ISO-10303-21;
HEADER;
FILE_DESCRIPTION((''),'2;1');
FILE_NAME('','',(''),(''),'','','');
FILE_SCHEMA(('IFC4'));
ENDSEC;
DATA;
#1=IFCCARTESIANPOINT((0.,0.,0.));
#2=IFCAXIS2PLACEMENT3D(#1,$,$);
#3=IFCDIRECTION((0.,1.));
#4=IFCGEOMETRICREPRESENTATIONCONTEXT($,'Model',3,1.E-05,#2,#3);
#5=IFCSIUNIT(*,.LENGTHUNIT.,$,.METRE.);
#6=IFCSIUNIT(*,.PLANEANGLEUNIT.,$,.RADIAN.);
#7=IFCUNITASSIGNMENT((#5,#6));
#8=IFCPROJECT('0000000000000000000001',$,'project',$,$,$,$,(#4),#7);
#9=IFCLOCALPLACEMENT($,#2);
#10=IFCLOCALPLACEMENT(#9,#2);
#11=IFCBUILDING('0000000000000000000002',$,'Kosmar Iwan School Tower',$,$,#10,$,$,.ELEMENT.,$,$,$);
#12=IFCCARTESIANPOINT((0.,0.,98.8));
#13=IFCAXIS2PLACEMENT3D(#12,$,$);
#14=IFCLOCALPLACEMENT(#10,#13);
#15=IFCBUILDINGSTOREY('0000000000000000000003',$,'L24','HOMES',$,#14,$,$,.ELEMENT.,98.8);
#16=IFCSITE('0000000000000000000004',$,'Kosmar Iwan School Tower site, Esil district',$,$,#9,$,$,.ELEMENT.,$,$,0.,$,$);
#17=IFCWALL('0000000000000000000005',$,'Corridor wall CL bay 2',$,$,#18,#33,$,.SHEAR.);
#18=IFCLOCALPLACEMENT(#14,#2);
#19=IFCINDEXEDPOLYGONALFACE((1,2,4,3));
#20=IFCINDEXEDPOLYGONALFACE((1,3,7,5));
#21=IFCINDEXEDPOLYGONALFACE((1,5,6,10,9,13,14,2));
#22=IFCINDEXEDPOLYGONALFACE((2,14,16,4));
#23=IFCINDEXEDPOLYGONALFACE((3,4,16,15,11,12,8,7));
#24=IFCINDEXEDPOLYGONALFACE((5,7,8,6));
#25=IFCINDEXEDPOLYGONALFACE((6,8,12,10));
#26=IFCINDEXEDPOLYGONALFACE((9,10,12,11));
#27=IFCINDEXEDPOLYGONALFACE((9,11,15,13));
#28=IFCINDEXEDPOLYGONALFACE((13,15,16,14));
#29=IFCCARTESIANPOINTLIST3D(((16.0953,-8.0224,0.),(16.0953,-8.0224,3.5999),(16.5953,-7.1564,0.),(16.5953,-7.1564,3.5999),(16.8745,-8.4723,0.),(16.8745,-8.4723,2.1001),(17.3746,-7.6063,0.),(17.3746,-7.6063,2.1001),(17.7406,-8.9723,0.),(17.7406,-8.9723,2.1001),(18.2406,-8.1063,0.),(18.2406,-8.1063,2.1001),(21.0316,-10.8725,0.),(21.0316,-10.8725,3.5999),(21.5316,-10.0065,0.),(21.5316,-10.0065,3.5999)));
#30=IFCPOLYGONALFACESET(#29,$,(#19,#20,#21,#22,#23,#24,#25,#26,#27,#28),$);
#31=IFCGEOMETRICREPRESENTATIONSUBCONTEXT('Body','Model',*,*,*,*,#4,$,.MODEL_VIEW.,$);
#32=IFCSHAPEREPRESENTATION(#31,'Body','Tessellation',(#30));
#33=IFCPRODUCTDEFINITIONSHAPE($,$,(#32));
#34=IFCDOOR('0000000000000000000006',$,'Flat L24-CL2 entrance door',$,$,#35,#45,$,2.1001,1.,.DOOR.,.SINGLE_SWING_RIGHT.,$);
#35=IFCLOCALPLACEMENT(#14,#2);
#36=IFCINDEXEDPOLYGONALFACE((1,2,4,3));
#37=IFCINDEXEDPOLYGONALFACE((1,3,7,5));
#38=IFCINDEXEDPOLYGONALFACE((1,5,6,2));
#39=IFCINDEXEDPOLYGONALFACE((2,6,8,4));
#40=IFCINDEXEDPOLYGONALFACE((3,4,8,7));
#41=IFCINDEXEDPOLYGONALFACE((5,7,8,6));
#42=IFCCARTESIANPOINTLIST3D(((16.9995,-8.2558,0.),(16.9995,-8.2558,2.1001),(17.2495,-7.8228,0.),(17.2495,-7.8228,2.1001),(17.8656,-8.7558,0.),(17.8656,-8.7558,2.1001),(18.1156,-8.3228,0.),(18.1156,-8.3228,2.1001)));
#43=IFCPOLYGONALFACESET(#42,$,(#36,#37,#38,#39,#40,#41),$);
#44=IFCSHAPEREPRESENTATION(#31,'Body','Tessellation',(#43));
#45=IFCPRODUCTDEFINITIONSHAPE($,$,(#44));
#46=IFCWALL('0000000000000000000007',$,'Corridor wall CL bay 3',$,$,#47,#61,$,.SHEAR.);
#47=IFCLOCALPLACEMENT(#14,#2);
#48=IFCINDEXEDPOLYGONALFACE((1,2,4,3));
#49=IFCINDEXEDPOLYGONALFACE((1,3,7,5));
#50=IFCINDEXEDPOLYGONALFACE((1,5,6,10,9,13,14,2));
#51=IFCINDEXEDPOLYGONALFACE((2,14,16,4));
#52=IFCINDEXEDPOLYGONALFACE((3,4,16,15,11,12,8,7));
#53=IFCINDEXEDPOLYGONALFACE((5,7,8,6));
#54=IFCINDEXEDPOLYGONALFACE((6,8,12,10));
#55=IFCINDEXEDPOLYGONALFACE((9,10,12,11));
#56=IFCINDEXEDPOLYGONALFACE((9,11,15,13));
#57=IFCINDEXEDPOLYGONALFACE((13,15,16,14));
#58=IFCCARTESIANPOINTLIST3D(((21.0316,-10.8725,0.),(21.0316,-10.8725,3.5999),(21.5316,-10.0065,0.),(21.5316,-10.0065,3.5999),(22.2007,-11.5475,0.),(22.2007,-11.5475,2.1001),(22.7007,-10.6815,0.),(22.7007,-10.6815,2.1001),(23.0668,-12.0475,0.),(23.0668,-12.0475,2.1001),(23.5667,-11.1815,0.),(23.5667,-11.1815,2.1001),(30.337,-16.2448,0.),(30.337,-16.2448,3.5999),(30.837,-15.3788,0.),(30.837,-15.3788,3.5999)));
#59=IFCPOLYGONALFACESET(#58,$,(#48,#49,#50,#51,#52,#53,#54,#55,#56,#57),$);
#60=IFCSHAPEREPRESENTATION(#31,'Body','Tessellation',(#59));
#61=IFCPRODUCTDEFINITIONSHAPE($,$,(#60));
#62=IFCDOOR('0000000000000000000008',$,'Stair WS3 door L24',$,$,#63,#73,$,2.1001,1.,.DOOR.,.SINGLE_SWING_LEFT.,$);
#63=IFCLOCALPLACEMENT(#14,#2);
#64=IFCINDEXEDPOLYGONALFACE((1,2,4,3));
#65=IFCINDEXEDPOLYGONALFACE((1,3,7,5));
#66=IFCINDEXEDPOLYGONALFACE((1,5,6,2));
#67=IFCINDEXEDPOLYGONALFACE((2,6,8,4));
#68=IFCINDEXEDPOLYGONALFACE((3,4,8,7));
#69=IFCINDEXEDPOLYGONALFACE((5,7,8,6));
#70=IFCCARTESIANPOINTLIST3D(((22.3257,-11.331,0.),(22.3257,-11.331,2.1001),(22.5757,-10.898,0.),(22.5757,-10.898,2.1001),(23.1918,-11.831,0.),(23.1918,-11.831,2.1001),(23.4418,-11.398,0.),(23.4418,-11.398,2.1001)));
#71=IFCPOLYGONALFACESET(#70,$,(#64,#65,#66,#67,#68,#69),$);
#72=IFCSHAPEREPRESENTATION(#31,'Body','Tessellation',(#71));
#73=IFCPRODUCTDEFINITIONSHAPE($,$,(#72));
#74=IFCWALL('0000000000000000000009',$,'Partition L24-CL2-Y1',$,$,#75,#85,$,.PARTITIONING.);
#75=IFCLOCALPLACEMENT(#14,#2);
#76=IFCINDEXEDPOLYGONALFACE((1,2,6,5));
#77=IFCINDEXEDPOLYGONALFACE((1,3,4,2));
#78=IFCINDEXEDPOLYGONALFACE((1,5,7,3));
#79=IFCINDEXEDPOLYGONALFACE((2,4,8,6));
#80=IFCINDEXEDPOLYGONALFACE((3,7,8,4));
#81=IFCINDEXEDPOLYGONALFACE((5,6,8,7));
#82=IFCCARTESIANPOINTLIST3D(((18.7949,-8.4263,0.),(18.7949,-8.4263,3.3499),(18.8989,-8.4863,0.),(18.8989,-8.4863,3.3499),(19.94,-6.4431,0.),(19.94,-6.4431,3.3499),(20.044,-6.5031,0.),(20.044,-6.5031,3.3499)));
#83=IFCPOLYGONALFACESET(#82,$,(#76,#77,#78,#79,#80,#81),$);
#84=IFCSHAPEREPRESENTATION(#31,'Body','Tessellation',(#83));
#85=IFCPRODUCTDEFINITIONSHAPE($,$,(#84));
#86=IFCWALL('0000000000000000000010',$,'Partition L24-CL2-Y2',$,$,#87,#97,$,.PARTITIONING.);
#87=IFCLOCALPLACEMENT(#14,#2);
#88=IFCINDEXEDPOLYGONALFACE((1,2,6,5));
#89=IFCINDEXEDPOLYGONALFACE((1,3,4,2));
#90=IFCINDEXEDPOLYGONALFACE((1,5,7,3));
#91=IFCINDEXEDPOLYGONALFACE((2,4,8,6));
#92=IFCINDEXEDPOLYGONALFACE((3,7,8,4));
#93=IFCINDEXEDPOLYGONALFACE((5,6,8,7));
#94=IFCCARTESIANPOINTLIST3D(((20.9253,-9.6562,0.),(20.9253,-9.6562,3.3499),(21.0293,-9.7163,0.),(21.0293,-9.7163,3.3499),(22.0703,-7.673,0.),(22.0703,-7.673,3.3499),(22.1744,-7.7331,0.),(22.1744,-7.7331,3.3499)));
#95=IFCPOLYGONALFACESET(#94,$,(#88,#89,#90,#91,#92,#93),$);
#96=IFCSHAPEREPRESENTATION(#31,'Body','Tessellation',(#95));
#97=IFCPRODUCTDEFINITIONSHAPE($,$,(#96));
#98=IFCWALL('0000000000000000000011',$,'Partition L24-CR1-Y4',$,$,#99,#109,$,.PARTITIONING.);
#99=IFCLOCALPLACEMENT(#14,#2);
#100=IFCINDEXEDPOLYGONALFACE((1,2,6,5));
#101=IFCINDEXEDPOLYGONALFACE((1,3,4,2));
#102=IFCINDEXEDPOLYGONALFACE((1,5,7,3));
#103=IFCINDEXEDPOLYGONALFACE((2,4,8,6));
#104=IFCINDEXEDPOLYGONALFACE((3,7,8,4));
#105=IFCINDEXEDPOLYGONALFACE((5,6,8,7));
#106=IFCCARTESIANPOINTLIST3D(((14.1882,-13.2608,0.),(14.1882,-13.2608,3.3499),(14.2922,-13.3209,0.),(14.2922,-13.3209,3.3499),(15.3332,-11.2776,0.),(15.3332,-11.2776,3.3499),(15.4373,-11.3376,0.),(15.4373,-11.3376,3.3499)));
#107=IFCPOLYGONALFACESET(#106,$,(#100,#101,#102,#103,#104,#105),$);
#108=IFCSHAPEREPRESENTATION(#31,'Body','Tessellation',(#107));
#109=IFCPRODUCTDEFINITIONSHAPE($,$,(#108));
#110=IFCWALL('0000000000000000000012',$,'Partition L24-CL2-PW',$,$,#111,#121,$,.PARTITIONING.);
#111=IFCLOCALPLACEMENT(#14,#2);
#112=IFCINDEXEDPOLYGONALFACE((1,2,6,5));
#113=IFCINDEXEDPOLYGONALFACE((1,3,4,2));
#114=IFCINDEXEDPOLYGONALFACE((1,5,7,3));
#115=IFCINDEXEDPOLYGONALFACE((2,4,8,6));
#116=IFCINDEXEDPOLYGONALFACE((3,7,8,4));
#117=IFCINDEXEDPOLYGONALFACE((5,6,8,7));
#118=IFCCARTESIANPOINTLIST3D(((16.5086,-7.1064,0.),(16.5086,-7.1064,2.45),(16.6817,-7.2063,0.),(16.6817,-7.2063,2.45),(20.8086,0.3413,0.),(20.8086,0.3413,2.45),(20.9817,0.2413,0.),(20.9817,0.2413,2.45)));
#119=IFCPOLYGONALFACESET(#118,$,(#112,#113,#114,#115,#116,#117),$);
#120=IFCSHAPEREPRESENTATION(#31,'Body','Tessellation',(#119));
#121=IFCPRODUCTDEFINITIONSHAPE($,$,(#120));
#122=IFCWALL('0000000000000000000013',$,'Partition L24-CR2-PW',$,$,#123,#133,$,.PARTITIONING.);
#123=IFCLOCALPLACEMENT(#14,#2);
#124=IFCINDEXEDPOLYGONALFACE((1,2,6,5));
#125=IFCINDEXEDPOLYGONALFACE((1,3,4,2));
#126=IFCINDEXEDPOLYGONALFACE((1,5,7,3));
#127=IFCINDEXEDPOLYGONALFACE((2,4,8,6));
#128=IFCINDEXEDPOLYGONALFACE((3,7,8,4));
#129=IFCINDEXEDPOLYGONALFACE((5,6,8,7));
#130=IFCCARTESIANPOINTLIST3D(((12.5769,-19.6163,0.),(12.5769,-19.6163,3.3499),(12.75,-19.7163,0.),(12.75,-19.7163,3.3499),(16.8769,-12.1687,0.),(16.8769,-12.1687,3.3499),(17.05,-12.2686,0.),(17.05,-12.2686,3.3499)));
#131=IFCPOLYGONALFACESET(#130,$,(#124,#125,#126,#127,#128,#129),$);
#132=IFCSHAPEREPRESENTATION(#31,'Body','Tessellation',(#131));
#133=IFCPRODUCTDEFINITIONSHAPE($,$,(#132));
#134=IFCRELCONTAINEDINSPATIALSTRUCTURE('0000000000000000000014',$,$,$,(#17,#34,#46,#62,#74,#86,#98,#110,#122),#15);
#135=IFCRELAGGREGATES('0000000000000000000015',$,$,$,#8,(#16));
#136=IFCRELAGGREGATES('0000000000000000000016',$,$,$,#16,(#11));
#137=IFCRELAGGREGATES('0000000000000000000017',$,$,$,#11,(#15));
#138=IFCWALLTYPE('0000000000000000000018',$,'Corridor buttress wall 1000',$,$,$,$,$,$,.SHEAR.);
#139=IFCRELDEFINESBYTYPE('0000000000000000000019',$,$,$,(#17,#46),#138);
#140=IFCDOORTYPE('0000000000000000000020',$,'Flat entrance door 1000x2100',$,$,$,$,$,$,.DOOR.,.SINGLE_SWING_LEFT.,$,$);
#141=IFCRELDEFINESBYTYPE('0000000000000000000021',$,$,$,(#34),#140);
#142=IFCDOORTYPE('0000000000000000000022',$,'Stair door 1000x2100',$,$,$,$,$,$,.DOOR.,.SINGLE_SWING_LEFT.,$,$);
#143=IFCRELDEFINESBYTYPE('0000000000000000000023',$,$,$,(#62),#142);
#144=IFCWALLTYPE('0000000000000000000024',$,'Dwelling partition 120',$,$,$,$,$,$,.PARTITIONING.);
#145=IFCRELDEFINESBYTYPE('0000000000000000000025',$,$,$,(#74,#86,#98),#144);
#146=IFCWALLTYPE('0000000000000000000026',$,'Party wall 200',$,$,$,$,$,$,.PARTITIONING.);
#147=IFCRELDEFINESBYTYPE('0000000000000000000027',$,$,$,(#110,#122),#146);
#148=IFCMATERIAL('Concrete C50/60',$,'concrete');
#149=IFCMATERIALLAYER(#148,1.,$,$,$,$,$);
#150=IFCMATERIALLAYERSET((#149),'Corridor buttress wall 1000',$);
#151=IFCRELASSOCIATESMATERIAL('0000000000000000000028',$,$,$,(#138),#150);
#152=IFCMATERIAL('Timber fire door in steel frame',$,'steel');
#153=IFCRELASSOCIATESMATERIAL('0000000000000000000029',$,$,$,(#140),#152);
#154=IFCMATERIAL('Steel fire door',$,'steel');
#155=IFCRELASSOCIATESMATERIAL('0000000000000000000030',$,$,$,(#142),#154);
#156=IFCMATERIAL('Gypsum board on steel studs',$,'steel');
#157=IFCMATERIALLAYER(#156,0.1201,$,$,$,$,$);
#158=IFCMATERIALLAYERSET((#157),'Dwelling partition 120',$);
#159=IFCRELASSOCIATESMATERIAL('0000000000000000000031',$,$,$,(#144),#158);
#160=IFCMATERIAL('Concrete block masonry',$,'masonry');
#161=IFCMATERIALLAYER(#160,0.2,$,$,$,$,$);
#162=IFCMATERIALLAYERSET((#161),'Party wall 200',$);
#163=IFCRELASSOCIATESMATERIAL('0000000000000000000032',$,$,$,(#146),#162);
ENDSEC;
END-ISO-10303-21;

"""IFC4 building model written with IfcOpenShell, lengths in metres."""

from ifc_helpers import new_model, si_unit, direction, frame, frame_2d, origin, place, context, subcontext, project, spatial, rectangle, extrude, material, layer, layer_set, type_object, element, fill, save


model = new_model("IFC4")

# Units and contexts
model_context = context("Model", 3, precision=1e-05, world=origin(), true_north=direction((0.0, 1.0)))
body_context = subcontext(model_context, "Body", "Model", "MODEL_VIEW")
ifc_project = project(units=[si_unit("LENGTHUNIT", "METRE"), si_unit("PLANEANGLEUNIT", "RADIAN")], contexts=[model_context])

# Site, building, storey
site_placement = place(None, origin())
site = spatial("IfcSite", under=ifc_project, at=site_placement, Name="Kosmar Iwan School Tower site, Esil district", CompositionType="ELEMENT", RefElevation=0.0)
building_placement = place(site_placement, origin())
building = spatial("IfcBuilding", under=site, at=building_placement, Name="Kosmar Iwan School Tower", CompositionType="ELEMENT")
storey_placement = place(building_placement, frame((0.0, 0.0, 98.8)))
storey = spatial("IfcBuildingStorey", under=building, at=storey_placement, Name="L24", Description="HOMES", CompositionType="ELEMENT", Elevation=98.8)

# Walls, openings, doors
ifc_material_1 = material(Name="Concrete C50/60", Category="concrete")
ifc_layer_1 = layer(ifc_material_1, 1.0)
ifc_layer_set_1 = layer_set([ifc_layer_1], Name="Corridor buttress wall 1000")
wall_type_1 = type_object("IfcWallType", Name="Corridor buttress wall 1000", PredefinedType="SHEAR", material=ifc_layer_set_1)
wall_1_placement = place(storey_placement, frame((16.3452, -7.5894, 0.0), z_axis=(0.0, 0.0, 1.0), x_axis=(0.866015, -0.500018, 0.0)))
wall_1 = element("IfcWall", 1, at=wall_1_placement, inside=storey, type_object=wall_type_1, Name="Corridor wall CL bay 2", PredefinedType="SHEAR", context=body_context, shape_type="SweptSolid", body=[
    extrude(rectangle(XDim=5.7, YDim=1.0, at=frame_2d((2.8501, 0.0))), origin(), (0.0, 0.0, 1.0), 3.5999),
])
opening_1_placement = place(wall_1_placement, frame((0.8999, 0.0, 0.0)))
opening_1 = element("IfcOpeningElement", 2, at=opening_1_placement, cuts=wall_1, PredefinedType="OPENING", context=body_context, shape_type="SweptSolid", body=[
    extrude(rectangle(XDim=1.0, YDim=2.1001, at=frame_2d((0.5, 1.05))), frame((0.0, 0.512, 0.0), z_axis=(0.0, -1.0, 0.0), x_axis=(1.0, 0.0, 0.0)), (0.0, 0.0, 1.0), 1.0239),
])
ifc_material_2 = material(Name="Timber fire door in steel frame", Category="steel")
door_type_1 = type_object("IfcDoorType", Name="Flat entrance door 1000x2100", OperationType="SINGLE_SWING_LEFT", PredefinedType="DOOR", material=ifc_material_2)
door_1_placement = place(opening_1_placement, origin())
door_1 = element("IfcDoor", 3, at=door_1_placement, inside=storey, type_object=door_type_1, Name="Flat L24-CL2 entrance door", OperationType="SINGLE_SWING_RIGHT", OverallHeight=2.1001, OverallWidth=1.0, PredefinedType="DOOR", context=body_context, shape_type="SweptSolid", body=[
    extrude(rectangle(XDim=1.0, YDim=2.1001, at=frame_2d((0.5, 1.05))), frame((0.0, 0.25, 0.0), z_axis=(0.0, -1.0, 0.0), x_axis=(1.0, 0.0, 0.0)), (0.0, 0.0, 1.0), 0.5),
])
fill(opening_1, door_1)
wall_2_placement = place(storey_placement, frame((21.2815, -10.4395, 0.0), z_axis=(0.0, 0.0, 1.0), x_axis=(0.866032, -0.499988, 0.0)))
wall_2 = element("IfcWall", 4, at=wall_2_placement, inside=storey, type_object=wall_type_1, Name="Corridor wall CL bay 3", PredefinedType="SHEAR", context=body_context, shape_type="SweptSolid", body=[
    extrude(rectangle(XDim=10.7449, YDim=1.0, at=frame_2d((5.3726, 0.0))), origin(), (0.0, 0.0, 1.0), 3.5999),
])
opening_2_placement = place(wall_2_placement, frame((1.3501, 0.0, 0.0)))
opening_2 = element("IfcOpeningElement", 5, at=opening_2_placement, cuts=wall_2, PredefinedType="OPENING", context=body_context, shape_type="SweptSolid", body=[
    extrude(rectangle(XDim=1.0, YDim=2.1001, at=frame_2d((0.5, 1.05))), frame((0.0, 0.512, 0.0), z_axis=(0.0, -1.0, 0.0), x_axis=(1.0, 0.0, 0.0)), (0.0, 0.0, 1.0), 1.0239),
])
ifc_material_3 = material(Name="Steel fire door", Category="steel")
door_type_2 = type_object("IfcDoorType", Name="Stair door 1000x2100", OperationType="SINGLE_SWING_LEFT", PredefinedType="DOOR", material=ifc_material_3)
door_2_placement = place(opening_2_placement, origin())
door_2 = element("IfcDoor", 6, at=door_2_placement, inside=storey, type_object=door_type_2, Name="Stair WS3 door L24", OperationType="SINGLE_SWING_LEFT", OverallHeight=2.1001, OverallWidth=1.0, PredefinedType="DOOR", context=body_context, shape_type="SweptSolid", body=[
    extrude(rectangle(XDim=1.0, YDim=2.1001, at=frame_2d((0.5, 1.05))), frame((0.0, 0.25, 0.0), z_axis=(0.0, -1.0, 0.0), x_axis=(1.0, 0.0, 0.0)), (0.0, 0.0, 1.0), 0.5),
])
fill(opening_2, door_2)

# Walls
ifc_material_4 = material(Name="Gypsum board on steel studs", Category="steel")
ifc_layer_2 = layer(ifc_material_4, 0.1201)
ifc_layer_set_2 = layer_set([ifc_layer_2], Name="Dwelling partition 120")
wall_type_2 = type_object("IfcWallType", Name="Dwelling partition 120", PredefinedType="PARTITIONING", material=ifc_layer_set_2)
for number, where, z_axis, x_axis, name in (
    (7, (18.8469, -8.4563, 0.0), (0.0, 0.0, 1.0), (0.500015, 0.866017, 0.0), "Partition L24-CL2-Y1"),
    (8, (20.9773, -9.6863, 0.0), (0.0, 0.0, 1.0), (0.500015, 0.866017, 0.0), "Partition L24-CL2-Y2"),
    (9, (15.3853, -11.3076, 0.0), (0.0, 0.0, 1.0), (-0.500015, -0.866017, 0.0), "Partition L24-CR1-Y4"),
):
    element("IfcWall", number, at=place(storey_placement, frame(where, z_axis=z_axis, x_axis=x_axis)), inside=storey, type_object=wall_type_2, Name=name, PredefinedType="PARTITIONING", context=body_context, shape_type="SweptSolid", body=[
        extrude(rectangle(XDim=2.29, YDim=0.1201, at=frame_2d((1.145, 0.0))), origin(), (0.0, 0.0, 1.0), 3.3499),
    ])
ifc_material_5 = material(Name="Concrete block masonry", Category="masonry")
ifc_layer_3 = layer(ifc_material_5, 0.2)
ifc_layer_set_3 = layer_set([ifc_layer_3], Name="Party wall 200")
wall_type_3 = type_object("IfcWallType", Name="Party wall 200", PredefinedType="PARTITIONING", material=ifc_layer_set_3)
wall_3_placement = place(storey_placement, frame((16.5952, -7.1562, 0.0), z_axis=(0.0, 0.0, 1.0), x_axis=(0.500008, 0.866021, 0.0)))
element("IfcWall", 10, at=wall_3_placement, inside=storey, type_object=wall_type_3, Name="Partition L24-CL2-PW", PredefinedType="PARTITIONING", context=body_context, shape_type="SweptSolid", body=[
    extrude(rectangle(XDim=8.5999, YDim=0.2, at=frame_2d((4.2998, 0.0))), origin(), (0.0, 0.0, 1.0), 2.45),
])
wall_4_placement = place(storey_placement, frame((16.9634, -12.2188, 0.0), z_axis=(0.0, 0.0, 1.0), x_axis=(-0.500008, -0.866021, 0.0)))
element("IfcWall", 11, at=wall_4_placement, inside=storey, type_object=wall_type_3, Name="Partition L24-CR2-PW", PredefinedType="PARTITIONING", context=body_context, shape_type="SweptSolid", body=[
    extrude(rectangle(XDim=8.5999, YDim=0.2, at=frame_2d((4.2998, 0.0))), origin(), (0.0, 0.0, 1.0), 3.3499),
])

save(model, "model.ifc")
